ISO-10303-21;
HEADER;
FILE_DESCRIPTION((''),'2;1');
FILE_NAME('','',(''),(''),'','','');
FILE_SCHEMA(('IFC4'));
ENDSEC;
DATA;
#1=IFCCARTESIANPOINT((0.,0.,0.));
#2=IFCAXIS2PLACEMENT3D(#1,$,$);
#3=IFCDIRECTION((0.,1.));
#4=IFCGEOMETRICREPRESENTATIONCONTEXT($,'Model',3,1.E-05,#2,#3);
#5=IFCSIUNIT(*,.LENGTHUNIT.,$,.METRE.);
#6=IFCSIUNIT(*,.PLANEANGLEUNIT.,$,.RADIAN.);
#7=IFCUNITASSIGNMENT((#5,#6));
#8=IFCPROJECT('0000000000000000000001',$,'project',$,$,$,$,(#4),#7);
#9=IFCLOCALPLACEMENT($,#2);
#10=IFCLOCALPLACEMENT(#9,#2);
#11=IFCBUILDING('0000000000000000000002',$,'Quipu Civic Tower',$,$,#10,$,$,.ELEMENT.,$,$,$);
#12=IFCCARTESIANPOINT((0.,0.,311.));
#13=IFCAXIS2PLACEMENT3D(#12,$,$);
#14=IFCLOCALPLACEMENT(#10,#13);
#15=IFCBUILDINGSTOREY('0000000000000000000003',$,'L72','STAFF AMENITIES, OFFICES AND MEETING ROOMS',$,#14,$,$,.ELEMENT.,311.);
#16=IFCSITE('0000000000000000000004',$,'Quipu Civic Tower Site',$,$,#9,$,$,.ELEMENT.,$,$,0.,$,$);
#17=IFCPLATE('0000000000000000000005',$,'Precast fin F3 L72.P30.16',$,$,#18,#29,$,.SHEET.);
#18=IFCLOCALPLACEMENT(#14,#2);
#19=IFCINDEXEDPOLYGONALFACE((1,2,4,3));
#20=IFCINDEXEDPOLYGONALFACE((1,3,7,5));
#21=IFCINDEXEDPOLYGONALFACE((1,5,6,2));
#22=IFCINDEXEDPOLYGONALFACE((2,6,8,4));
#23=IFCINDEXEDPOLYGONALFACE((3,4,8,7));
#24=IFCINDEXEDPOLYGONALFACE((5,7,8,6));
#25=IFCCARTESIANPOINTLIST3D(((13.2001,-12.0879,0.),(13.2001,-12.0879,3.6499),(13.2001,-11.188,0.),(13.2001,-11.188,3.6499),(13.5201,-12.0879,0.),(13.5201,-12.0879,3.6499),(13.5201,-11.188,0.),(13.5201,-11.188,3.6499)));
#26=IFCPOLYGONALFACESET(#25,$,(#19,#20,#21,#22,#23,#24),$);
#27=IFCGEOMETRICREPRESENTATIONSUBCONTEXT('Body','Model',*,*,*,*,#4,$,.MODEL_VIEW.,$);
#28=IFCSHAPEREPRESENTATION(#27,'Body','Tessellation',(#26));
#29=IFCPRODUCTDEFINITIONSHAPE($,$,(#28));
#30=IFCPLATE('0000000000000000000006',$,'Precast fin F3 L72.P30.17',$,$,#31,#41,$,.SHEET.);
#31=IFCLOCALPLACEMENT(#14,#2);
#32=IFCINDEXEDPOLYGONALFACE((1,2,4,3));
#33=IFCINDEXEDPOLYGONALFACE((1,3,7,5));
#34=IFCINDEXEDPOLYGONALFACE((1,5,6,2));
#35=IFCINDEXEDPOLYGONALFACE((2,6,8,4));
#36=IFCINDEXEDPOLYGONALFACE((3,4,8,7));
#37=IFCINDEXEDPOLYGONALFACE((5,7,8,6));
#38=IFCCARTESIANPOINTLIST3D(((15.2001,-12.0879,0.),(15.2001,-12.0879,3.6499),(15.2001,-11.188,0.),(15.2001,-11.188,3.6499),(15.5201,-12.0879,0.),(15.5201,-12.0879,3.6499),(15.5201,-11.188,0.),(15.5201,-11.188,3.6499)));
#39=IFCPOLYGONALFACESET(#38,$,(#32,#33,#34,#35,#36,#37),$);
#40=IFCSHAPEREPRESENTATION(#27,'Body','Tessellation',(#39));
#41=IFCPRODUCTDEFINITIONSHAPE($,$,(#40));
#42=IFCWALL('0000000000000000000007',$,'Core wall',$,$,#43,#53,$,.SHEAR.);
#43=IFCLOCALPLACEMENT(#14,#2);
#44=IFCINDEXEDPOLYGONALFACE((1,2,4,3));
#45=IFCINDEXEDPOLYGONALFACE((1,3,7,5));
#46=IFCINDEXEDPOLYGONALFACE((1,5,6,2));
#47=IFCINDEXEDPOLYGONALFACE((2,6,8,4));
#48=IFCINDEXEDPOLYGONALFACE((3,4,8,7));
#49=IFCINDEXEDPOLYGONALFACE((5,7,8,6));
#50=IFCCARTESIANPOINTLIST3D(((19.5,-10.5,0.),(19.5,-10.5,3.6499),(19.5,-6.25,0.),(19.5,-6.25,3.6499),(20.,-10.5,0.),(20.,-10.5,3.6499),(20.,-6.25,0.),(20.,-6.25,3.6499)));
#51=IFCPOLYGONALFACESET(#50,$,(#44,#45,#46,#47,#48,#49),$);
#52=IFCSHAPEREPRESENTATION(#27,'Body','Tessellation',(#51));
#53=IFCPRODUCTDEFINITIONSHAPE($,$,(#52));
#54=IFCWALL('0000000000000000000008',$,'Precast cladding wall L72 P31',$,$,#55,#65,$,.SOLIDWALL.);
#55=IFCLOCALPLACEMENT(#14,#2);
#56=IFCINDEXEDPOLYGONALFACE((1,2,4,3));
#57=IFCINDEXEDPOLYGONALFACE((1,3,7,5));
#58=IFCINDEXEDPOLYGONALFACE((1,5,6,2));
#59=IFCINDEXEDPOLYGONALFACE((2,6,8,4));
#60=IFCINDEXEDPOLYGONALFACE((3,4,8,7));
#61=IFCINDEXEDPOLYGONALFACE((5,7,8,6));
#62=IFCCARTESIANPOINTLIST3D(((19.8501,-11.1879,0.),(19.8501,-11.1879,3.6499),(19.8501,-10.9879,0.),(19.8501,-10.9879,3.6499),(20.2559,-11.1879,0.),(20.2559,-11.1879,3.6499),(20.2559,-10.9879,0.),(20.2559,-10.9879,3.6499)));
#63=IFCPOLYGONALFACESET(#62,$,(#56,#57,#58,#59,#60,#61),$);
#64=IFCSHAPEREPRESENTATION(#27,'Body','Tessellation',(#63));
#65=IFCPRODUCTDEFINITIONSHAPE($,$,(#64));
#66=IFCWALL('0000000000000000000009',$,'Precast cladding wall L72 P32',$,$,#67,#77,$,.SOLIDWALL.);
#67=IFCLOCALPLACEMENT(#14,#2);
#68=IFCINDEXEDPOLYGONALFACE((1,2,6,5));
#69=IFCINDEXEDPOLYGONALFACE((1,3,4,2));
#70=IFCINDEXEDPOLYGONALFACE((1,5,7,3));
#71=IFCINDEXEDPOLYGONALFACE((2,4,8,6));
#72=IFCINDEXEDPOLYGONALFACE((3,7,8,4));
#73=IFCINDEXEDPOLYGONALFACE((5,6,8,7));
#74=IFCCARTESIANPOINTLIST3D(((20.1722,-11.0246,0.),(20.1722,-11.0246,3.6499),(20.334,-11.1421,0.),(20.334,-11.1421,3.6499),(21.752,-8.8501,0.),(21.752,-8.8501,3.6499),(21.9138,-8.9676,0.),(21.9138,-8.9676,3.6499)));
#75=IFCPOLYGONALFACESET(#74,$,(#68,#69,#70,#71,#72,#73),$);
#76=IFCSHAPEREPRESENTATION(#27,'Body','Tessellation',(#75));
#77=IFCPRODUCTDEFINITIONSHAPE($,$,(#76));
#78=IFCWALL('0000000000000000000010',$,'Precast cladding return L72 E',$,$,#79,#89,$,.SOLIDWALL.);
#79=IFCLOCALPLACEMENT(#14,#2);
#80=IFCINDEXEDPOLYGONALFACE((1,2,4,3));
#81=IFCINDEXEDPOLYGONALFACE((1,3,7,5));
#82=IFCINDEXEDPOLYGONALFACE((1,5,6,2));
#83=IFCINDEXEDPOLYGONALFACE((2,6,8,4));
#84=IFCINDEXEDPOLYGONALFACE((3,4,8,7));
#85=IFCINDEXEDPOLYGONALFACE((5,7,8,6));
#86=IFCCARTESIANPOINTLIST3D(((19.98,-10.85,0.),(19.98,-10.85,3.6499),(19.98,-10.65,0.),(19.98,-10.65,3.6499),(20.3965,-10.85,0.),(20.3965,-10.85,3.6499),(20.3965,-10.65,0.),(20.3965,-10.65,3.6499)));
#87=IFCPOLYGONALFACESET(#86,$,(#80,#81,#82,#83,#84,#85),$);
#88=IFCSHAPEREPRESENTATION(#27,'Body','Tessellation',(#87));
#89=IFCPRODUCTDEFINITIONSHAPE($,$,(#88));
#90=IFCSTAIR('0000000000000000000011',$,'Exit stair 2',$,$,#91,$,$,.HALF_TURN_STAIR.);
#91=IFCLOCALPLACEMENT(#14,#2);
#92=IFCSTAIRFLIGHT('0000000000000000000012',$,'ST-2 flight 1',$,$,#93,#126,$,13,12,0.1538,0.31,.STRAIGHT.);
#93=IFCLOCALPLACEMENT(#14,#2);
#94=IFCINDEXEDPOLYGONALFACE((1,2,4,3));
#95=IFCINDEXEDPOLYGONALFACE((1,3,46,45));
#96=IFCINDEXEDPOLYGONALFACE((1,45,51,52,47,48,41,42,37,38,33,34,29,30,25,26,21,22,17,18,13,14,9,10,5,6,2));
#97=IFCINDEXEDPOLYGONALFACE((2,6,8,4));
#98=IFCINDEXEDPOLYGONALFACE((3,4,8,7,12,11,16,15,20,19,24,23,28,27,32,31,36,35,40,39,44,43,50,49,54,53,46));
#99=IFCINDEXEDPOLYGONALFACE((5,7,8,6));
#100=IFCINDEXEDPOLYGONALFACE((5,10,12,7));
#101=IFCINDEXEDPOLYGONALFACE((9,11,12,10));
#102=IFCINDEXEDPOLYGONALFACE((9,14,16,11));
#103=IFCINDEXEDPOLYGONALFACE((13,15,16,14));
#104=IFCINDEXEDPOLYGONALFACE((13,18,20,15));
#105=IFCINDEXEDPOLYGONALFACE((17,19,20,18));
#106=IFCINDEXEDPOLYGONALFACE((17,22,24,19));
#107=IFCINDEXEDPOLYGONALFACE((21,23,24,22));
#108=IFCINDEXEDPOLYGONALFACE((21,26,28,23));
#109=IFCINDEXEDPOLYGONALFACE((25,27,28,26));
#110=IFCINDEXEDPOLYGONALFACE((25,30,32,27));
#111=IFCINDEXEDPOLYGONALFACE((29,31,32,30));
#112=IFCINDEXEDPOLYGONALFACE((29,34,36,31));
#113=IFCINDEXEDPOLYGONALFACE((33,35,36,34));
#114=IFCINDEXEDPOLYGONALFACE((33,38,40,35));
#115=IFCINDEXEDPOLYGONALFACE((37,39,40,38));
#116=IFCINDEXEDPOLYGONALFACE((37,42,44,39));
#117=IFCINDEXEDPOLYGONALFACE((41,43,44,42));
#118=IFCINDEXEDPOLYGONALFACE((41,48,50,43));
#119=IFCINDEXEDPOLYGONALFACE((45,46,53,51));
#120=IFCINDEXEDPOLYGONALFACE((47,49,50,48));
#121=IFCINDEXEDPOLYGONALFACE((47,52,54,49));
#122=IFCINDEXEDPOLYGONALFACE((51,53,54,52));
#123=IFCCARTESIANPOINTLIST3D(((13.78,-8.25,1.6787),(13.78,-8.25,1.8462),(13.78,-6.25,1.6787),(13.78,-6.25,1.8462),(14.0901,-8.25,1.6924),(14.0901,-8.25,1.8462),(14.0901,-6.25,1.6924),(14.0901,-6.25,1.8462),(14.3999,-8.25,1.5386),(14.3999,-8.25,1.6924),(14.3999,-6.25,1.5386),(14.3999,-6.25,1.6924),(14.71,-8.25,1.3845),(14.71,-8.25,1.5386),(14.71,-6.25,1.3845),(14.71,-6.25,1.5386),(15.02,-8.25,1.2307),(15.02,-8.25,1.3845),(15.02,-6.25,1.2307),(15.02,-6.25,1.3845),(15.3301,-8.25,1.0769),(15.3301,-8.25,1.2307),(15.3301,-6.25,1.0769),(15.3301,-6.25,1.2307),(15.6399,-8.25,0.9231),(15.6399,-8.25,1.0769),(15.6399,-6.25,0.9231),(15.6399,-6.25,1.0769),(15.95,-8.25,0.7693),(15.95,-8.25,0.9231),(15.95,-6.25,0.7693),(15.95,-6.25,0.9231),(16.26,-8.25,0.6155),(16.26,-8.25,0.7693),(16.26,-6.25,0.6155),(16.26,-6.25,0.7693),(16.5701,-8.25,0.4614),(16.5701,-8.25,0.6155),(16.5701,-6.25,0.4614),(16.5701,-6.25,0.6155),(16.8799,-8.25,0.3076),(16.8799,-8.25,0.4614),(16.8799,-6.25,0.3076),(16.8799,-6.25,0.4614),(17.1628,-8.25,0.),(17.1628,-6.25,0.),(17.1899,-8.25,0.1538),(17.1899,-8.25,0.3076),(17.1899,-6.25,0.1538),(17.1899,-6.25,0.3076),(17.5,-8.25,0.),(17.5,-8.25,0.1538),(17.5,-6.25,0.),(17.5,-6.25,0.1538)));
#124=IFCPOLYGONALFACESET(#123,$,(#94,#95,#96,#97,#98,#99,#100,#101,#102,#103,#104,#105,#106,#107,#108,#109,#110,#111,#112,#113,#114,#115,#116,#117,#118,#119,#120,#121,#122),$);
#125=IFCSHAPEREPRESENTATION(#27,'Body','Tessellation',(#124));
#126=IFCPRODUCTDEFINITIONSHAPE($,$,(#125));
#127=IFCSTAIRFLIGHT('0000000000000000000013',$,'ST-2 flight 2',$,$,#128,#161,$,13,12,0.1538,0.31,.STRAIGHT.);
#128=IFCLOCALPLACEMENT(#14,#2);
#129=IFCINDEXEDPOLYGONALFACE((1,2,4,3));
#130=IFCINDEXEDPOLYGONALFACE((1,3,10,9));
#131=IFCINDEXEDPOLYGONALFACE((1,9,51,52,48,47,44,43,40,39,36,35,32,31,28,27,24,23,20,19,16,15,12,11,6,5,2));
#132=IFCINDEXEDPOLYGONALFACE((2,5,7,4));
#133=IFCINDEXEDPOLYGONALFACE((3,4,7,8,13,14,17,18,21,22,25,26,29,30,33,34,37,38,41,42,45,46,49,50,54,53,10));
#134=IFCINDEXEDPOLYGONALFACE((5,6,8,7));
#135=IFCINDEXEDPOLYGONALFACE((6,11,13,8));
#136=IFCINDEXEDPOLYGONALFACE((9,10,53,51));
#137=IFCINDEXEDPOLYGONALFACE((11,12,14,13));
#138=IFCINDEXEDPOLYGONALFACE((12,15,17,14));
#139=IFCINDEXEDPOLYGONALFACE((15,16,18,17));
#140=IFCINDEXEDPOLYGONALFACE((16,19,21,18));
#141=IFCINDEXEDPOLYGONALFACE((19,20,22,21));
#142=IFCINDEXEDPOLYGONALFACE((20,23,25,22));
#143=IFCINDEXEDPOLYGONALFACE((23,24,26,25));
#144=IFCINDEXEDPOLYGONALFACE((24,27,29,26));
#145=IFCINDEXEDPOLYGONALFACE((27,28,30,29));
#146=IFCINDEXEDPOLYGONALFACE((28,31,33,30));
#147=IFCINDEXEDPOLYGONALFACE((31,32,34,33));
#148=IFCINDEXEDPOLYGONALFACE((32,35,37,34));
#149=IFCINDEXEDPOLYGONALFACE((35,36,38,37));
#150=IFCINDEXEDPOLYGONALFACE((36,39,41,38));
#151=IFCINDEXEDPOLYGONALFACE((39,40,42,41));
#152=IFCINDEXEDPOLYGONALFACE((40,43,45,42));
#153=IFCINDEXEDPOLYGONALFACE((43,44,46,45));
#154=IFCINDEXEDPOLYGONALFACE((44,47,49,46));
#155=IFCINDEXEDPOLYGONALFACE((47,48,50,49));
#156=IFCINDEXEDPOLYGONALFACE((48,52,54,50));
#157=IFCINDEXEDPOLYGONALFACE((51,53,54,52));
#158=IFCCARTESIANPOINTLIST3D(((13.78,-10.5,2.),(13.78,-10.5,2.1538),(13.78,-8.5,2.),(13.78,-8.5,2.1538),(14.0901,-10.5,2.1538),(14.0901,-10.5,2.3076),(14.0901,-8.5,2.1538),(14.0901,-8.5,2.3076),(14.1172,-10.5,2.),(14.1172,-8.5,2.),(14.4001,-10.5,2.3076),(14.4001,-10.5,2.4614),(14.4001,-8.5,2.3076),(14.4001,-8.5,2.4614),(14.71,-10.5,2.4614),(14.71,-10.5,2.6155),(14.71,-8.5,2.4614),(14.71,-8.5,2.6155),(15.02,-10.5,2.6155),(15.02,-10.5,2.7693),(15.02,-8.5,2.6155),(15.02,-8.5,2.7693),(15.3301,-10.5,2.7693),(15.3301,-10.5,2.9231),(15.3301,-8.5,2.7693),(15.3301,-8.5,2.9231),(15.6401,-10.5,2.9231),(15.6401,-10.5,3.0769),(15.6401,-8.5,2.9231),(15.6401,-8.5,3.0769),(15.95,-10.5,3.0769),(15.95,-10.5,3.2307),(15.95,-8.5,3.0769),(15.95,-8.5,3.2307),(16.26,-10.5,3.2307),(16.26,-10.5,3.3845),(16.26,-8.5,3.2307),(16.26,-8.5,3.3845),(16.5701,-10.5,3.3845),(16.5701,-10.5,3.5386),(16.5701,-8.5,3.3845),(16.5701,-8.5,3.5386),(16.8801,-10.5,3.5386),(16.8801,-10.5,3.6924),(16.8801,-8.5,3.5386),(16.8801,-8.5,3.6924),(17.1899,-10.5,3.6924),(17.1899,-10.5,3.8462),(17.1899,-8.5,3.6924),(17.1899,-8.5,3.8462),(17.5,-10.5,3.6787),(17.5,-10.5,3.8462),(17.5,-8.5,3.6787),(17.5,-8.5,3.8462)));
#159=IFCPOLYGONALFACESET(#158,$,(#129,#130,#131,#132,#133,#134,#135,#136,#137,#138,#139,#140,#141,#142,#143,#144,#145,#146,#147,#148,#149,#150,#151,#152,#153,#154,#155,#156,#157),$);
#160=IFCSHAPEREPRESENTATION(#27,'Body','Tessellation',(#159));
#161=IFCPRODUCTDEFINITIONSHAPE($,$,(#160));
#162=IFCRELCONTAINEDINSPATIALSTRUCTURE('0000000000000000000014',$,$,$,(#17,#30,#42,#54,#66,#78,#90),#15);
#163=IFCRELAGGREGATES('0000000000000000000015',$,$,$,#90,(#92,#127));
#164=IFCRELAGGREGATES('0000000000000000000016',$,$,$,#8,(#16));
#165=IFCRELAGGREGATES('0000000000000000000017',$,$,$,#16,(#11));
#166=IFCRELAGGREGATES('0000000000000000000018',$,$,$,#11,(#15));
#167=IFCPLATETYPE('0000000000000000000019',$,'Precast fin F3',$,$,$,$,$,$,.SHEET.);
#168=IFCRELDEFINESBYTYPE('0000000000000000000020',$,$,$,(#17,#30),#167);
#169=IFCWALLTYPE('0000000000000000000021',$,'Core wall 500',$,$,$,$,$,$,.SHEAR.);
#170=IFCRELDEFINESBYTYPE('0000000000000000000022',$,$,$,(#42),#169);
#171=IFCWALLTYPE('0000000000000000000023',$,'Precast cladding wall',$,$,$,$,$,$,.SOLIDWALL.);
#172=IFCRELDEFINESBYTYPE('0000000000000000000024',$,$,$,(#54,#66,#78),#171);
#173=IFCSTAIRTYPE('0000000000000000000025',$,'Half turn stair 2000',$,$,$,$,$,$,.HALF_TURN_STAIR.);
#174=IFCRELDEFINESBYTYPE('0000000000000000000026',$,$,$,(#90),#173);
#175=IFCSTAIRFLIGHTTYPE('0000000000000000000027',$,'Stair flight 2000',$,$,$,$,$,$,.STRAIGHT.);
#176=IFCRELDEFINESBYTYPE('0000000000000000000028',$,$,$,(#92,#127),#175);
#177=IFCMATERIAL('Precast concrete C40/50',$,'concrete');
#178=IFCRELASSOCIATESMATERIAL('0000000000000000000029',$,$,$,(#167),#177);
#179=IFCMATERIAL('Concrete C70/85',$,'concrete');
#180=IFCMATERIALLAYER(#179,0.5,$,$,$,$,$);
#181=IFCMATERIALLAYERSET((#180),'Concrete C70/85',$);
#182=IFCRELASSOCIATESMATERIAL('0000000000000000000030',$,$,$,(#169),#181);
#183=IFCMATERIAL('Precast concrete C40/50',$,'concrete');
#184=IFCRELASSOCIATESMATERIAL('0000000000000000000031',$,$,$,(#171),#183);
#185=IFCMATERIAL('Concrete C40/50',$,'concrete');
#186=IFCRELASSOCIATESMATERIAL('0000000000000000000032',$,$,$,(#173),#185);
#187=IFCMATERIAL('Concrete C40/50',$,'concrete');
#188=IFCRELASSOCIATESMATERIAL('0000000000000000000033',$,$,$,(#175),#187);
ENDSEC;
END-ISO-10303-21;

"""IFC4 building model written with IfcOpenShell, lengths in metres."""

from ifc_helpers import new_model, si_unit, direction, frame, frame_2d, origin, origin_2d, place, context, subcontext, project, spatial, polyline, rectangle, outline, extrude, material, layer, layer_set, type_object, element, aggregate, save


model = new_model("IFC4")

# Units and contexts
model_context = context("Model", 3, precision=1e-05, world=origin(), true_north=direction((0.0, 1.0)))
body_context = subcontext(model_context, "Body", "Model", "MODEL_VIEW")
ifc_project = project(units=[si_unit("LENGTHUNIT", "METRE"), si_unit("PLANEANGLEUNIT", "RADIAN")], contexts=[model_context])

# Site, building, storey
site_placement = place(None, origin())
site = spatial("IfcSite", under=ifc_project, at=site_placement, Name="Quipu Civic Tower Site", CompositionType="ELEMENT", RefElevation=0.0)
building_placement = place(site_placement, origin())
building = spatial("IfcBuilding", under=site, at=building_placement, Name="Quipu Civic Tower", CompositionType="ELEMENT")
storey_placement = place(building_placement, frame((0.0, 0.0, 311.0)))
storey = spatial("IfcBuildingStorey", under=building, at=storey_placement, Name="L72", Description="STAFF AMENITIES, OFFICES AND MEETING ROOMS", CompositionType="ELEMENT", Elevation=311.0)

# Plates
ifc_material_1 = material(Name="Precast concrete C40/50", Category="concrete")
plate_type = type_object("IfcPlateType", Name="Precast fin F3", PredefinedType="SHEET", material=ifc_material_1)
for number, where, z_axis, x_axis, name in (
    (1, (13.3601, -11.6379, 0.0), (0.0, 0.0, 1.0), (1.0, 0.0, 0.0), "Precast fin F3 L72.P30.16"),
    (2, (15.3601, -11.6379, 0.0), (0.0, 0.0, 1.0), (1.0, 0.0, 0.0), "Precast fin F3 L72.P30.17"),
):
    element("IfcPlate", number, at=place(storey_placement, frame(where, z_axis=z_axis, x_axis=x_axis)), inside=storey, type_object=plate_type, Name=name, PredefinedType="SHEET", context=body_context, shape_type="SweptSolid", body=[
        extrude(rectangle(XDim=0.3201, YDim=0.8999, at=origin_2d()), origin(), (0.0, 0.0, 1.0), 3.6499),
    ])

# Walls
ifc_material_2 = material(Name="Concrete C70/85", Category="concrete")
ifc_layer_1 = layer(ifc_material_2, 0.5)
ifc_layer_set_1 = layer_set([ifc_layer_1], Name="Concrete C70/85")
wall_type_1 = type_object("IfcWallType", Name="Core wall 500", PredefinedType="SHEAR", material=ifc_layer_set_1)
wall_1_placement = place(storey_placement, frame((19.75, -10.5, 0.0), z_axis=(0.0, 0.0, 1.0), x_axis=(0.0, 1.0, 0.0)))
element("IfcWall", 3, at=wall_1_placement, inside=storey, type_object=wall_type_1, Name="Core wall", PredefinedType="SHEAR", context=body_context, shape_type="SweptSolid", body=[
    extrude(rectangle(XDim=4.25, YDim=0.5, at=frame_2d((2.125, 0.0))), origin(), (0.0, 0.0, 1.0), 3.6499),
])
ifc_material_3 = material(Name="Precast concrete C40/50", Category="concrete")
wall_type_2 = type_object("IfcWallType", Name="Precast cladding wall", PredefinedType="SOLIDWALL", material=ifc_material_3)
wall_2_placement = place(storey_placement, frame((19.8501, -11.0879, 0.0), z_axis=(0.0, 0.0, 1.0), x_axis=(1.0, 0.0, 0.0)))
element("IfcWall", 4, at=wall_2_placement, inside=storey, type_object=wall_type_2, Name="Precast cladding wall L72 P31", PredefinedType="SOLIDWALL", context=body_context, shape_type="SweptSolid", body=[
    extrude(rectangle(XDim=0.4058, YDim=0.2, at=frame_2d((0.2029, 0.0))), origin(), (0.0, 0.0, 1.0), 3.6499),
])
wall_3_placement = place(storey_placement, frame((20.2532, -11.0833, 0.0), z_axis=(0.0, 0.0, 1.0), x_axis=(0.587767, 0.809031, 0.0)))
element("IfcWall", 5, at=wall_3_placement, inside=storey, type_object=wall_type_2, Name="Precast cladding wall L72 P32", PredefinedType="SOLIDWALL", context=body_context, shape_type="SweptSolid", body=[
    extrude(rectangle(XDim=2.6877, YDim=0.2, at=frame_2d((1.3438, 0.0))), origin(), (0.0, 0.0, 1.0), 3.6499),
])
wall_4_placement = place(storey_placement, frame((19.98, -10.75, 0.0), z_axis=(0.0, 0.0, 1.0), x_axis=(1.0, 0.0, 0.0)))
element("IfcWall", 6, at=wall_4_placement, inside=storey, type_object=wall_type_2, Name="Precast cladding return L72 E", PredefinedType="SOLIDWALL", context=body_context, shape_type="SweptSolid", body=[
    extrude(rectangle(XDim=0.4165, YDim=0.2, at=frame_2d((0.2083, 0.0))), origin(), (0.0, 0.0, 1.0), 3.6499),
])

# Stair, stair flights
ifc_material_4 = material(Name="Concrete C40/50", Category="concrete")
stair_type = type_object("IfcStairType", Name="Half turn stair 2000", PredefinedType="HALF_TURN_STAIR", material=ifc_material_4)
stair_placement = place(storey_placement, origin())
stair = element("IfcStair", 7, at=stair_placement, inside=storey, type_object=stair_type, Name="Exit stair 2", PredefinedType="HALF_TURN_STAIR")
ifc_material_5 = material(Name="Concrete C40/50", Category="concrete")
stair_flight_type = type_object("IfcStairFlightType", Name="Stair flight 2000", PredefinedType="STRAIGHT", material=ifc_material_5)
stair_flight_1_placement = place(storey_placement, frame((17.5, -7.25, 0.0), z_axis=(0.0, 0.0, 1.0), x_axis=(-1.0, 0.0, 0.0)))
stair_flight_1 = element("IfcStairFlight", 8, at=stair_flight_1_placement, type_object=stair_flight_type, Name="ST-2 flight 1", NumberOfRisers=13, NumberOfTreads=12, PredefinedType="STRAIGHT", RiserHeight=0.1538, TreadLength=0.31, context=body_context, shape_type="SweptSolid", body=[
    extrude(outline(polyline([(0.0, 0.0), (0.0, 0.1538), (0.3101, 0.1538), (0.3101, 0.3076), (0.6201, 0.3076), (0.6201, 0.4614), (0.9299, 0.4614), (0.9299, 0.6155), (1.24, 0.6155), (1.24, 0.7693), (1.55, 0.7693), (1.55, 0.9231), (1.8601, 0.9231), (1.8601, 1.0769), (2.1699, 1.0769), (2.1699, 1.2307), (2.48, 1.2307), (2.48, 1.3845), (2.79, 1.3845), (2.79, 1.5386), (3.1001, 1.5386), (3.1001, 1.6924), (3.4099, 1.6924), (3.4099, 1.8462), (3.72, 1.8462), (3.72, 2.0), (3.72, 1.6787), (0.3372, 0.0), (0.0, 0.0)])), frame((0.0, 1.0, 0.0), z_axis=(0.0, -1.0, 0.0), x_axis=(1.0, 0.0, 0.0)), (0.0, 0.0, 1.0), 2.0),
])
stair_flight_2_placement = place(storey_placement, frame((13.78, -9.5, 2.0), z_axis=(0.0, 0.0, 1.0), x_axis=(1.0, 0.0, 0.0)))
stair_flight_2 = element("IfcStairFlight", 9, at=stair_flight_2_placement, type_object=stair_flight_type, Name="ST-2 flight 2", NumberOfRisers=13, NumberOfTreads=12, PredefinedType="STRAIGHT", RiserHeight=0.1538, TreadLength=0.31, context=body_context, shape_type="SweptSolid", body=[
    extrude(outline(polyline([(0.0, 0.0), (0.0, 0.1538), (0.3101, 0.1538), (0.3101, 0.3076), (0.6201, 0.3076), (0.6201, 0.4614), (0.9299, 0.4614), (0.9299, 0.6155), (1.24, 0.6155), (1.24, 0.7693), (1.55, 0.7693), (1.55, 0.9231), (1.8601, 0.9231), (1.8601, 1.0769), (2.1699, 1.0769), (2.1699, 1.2307), (2.48, 1.2307), (2.48, 1.3845), (2.79, 1.3845), (2.79, 1.5386), (3.1001, 1.5386), (3.1001, 1.6924), (3.4099, 1.6924), (3.4099, 1.8462), (3.72, 1.8462), (3.72, 2.0), (3.72, 1.6787), (0.3372, 0.0), (0.0, 0.0)])), frame((0.0, 1.0, 0.0), z_axis=(0.0, -1.0, 0.0), x_axis=(1.0, 0.0, 0.0)), (0.0, 0.0, 1.0), 2.0),
])
aggregate(stair, [stair_flight_1, stair_flight_2])

save(model, "model.ifc")
